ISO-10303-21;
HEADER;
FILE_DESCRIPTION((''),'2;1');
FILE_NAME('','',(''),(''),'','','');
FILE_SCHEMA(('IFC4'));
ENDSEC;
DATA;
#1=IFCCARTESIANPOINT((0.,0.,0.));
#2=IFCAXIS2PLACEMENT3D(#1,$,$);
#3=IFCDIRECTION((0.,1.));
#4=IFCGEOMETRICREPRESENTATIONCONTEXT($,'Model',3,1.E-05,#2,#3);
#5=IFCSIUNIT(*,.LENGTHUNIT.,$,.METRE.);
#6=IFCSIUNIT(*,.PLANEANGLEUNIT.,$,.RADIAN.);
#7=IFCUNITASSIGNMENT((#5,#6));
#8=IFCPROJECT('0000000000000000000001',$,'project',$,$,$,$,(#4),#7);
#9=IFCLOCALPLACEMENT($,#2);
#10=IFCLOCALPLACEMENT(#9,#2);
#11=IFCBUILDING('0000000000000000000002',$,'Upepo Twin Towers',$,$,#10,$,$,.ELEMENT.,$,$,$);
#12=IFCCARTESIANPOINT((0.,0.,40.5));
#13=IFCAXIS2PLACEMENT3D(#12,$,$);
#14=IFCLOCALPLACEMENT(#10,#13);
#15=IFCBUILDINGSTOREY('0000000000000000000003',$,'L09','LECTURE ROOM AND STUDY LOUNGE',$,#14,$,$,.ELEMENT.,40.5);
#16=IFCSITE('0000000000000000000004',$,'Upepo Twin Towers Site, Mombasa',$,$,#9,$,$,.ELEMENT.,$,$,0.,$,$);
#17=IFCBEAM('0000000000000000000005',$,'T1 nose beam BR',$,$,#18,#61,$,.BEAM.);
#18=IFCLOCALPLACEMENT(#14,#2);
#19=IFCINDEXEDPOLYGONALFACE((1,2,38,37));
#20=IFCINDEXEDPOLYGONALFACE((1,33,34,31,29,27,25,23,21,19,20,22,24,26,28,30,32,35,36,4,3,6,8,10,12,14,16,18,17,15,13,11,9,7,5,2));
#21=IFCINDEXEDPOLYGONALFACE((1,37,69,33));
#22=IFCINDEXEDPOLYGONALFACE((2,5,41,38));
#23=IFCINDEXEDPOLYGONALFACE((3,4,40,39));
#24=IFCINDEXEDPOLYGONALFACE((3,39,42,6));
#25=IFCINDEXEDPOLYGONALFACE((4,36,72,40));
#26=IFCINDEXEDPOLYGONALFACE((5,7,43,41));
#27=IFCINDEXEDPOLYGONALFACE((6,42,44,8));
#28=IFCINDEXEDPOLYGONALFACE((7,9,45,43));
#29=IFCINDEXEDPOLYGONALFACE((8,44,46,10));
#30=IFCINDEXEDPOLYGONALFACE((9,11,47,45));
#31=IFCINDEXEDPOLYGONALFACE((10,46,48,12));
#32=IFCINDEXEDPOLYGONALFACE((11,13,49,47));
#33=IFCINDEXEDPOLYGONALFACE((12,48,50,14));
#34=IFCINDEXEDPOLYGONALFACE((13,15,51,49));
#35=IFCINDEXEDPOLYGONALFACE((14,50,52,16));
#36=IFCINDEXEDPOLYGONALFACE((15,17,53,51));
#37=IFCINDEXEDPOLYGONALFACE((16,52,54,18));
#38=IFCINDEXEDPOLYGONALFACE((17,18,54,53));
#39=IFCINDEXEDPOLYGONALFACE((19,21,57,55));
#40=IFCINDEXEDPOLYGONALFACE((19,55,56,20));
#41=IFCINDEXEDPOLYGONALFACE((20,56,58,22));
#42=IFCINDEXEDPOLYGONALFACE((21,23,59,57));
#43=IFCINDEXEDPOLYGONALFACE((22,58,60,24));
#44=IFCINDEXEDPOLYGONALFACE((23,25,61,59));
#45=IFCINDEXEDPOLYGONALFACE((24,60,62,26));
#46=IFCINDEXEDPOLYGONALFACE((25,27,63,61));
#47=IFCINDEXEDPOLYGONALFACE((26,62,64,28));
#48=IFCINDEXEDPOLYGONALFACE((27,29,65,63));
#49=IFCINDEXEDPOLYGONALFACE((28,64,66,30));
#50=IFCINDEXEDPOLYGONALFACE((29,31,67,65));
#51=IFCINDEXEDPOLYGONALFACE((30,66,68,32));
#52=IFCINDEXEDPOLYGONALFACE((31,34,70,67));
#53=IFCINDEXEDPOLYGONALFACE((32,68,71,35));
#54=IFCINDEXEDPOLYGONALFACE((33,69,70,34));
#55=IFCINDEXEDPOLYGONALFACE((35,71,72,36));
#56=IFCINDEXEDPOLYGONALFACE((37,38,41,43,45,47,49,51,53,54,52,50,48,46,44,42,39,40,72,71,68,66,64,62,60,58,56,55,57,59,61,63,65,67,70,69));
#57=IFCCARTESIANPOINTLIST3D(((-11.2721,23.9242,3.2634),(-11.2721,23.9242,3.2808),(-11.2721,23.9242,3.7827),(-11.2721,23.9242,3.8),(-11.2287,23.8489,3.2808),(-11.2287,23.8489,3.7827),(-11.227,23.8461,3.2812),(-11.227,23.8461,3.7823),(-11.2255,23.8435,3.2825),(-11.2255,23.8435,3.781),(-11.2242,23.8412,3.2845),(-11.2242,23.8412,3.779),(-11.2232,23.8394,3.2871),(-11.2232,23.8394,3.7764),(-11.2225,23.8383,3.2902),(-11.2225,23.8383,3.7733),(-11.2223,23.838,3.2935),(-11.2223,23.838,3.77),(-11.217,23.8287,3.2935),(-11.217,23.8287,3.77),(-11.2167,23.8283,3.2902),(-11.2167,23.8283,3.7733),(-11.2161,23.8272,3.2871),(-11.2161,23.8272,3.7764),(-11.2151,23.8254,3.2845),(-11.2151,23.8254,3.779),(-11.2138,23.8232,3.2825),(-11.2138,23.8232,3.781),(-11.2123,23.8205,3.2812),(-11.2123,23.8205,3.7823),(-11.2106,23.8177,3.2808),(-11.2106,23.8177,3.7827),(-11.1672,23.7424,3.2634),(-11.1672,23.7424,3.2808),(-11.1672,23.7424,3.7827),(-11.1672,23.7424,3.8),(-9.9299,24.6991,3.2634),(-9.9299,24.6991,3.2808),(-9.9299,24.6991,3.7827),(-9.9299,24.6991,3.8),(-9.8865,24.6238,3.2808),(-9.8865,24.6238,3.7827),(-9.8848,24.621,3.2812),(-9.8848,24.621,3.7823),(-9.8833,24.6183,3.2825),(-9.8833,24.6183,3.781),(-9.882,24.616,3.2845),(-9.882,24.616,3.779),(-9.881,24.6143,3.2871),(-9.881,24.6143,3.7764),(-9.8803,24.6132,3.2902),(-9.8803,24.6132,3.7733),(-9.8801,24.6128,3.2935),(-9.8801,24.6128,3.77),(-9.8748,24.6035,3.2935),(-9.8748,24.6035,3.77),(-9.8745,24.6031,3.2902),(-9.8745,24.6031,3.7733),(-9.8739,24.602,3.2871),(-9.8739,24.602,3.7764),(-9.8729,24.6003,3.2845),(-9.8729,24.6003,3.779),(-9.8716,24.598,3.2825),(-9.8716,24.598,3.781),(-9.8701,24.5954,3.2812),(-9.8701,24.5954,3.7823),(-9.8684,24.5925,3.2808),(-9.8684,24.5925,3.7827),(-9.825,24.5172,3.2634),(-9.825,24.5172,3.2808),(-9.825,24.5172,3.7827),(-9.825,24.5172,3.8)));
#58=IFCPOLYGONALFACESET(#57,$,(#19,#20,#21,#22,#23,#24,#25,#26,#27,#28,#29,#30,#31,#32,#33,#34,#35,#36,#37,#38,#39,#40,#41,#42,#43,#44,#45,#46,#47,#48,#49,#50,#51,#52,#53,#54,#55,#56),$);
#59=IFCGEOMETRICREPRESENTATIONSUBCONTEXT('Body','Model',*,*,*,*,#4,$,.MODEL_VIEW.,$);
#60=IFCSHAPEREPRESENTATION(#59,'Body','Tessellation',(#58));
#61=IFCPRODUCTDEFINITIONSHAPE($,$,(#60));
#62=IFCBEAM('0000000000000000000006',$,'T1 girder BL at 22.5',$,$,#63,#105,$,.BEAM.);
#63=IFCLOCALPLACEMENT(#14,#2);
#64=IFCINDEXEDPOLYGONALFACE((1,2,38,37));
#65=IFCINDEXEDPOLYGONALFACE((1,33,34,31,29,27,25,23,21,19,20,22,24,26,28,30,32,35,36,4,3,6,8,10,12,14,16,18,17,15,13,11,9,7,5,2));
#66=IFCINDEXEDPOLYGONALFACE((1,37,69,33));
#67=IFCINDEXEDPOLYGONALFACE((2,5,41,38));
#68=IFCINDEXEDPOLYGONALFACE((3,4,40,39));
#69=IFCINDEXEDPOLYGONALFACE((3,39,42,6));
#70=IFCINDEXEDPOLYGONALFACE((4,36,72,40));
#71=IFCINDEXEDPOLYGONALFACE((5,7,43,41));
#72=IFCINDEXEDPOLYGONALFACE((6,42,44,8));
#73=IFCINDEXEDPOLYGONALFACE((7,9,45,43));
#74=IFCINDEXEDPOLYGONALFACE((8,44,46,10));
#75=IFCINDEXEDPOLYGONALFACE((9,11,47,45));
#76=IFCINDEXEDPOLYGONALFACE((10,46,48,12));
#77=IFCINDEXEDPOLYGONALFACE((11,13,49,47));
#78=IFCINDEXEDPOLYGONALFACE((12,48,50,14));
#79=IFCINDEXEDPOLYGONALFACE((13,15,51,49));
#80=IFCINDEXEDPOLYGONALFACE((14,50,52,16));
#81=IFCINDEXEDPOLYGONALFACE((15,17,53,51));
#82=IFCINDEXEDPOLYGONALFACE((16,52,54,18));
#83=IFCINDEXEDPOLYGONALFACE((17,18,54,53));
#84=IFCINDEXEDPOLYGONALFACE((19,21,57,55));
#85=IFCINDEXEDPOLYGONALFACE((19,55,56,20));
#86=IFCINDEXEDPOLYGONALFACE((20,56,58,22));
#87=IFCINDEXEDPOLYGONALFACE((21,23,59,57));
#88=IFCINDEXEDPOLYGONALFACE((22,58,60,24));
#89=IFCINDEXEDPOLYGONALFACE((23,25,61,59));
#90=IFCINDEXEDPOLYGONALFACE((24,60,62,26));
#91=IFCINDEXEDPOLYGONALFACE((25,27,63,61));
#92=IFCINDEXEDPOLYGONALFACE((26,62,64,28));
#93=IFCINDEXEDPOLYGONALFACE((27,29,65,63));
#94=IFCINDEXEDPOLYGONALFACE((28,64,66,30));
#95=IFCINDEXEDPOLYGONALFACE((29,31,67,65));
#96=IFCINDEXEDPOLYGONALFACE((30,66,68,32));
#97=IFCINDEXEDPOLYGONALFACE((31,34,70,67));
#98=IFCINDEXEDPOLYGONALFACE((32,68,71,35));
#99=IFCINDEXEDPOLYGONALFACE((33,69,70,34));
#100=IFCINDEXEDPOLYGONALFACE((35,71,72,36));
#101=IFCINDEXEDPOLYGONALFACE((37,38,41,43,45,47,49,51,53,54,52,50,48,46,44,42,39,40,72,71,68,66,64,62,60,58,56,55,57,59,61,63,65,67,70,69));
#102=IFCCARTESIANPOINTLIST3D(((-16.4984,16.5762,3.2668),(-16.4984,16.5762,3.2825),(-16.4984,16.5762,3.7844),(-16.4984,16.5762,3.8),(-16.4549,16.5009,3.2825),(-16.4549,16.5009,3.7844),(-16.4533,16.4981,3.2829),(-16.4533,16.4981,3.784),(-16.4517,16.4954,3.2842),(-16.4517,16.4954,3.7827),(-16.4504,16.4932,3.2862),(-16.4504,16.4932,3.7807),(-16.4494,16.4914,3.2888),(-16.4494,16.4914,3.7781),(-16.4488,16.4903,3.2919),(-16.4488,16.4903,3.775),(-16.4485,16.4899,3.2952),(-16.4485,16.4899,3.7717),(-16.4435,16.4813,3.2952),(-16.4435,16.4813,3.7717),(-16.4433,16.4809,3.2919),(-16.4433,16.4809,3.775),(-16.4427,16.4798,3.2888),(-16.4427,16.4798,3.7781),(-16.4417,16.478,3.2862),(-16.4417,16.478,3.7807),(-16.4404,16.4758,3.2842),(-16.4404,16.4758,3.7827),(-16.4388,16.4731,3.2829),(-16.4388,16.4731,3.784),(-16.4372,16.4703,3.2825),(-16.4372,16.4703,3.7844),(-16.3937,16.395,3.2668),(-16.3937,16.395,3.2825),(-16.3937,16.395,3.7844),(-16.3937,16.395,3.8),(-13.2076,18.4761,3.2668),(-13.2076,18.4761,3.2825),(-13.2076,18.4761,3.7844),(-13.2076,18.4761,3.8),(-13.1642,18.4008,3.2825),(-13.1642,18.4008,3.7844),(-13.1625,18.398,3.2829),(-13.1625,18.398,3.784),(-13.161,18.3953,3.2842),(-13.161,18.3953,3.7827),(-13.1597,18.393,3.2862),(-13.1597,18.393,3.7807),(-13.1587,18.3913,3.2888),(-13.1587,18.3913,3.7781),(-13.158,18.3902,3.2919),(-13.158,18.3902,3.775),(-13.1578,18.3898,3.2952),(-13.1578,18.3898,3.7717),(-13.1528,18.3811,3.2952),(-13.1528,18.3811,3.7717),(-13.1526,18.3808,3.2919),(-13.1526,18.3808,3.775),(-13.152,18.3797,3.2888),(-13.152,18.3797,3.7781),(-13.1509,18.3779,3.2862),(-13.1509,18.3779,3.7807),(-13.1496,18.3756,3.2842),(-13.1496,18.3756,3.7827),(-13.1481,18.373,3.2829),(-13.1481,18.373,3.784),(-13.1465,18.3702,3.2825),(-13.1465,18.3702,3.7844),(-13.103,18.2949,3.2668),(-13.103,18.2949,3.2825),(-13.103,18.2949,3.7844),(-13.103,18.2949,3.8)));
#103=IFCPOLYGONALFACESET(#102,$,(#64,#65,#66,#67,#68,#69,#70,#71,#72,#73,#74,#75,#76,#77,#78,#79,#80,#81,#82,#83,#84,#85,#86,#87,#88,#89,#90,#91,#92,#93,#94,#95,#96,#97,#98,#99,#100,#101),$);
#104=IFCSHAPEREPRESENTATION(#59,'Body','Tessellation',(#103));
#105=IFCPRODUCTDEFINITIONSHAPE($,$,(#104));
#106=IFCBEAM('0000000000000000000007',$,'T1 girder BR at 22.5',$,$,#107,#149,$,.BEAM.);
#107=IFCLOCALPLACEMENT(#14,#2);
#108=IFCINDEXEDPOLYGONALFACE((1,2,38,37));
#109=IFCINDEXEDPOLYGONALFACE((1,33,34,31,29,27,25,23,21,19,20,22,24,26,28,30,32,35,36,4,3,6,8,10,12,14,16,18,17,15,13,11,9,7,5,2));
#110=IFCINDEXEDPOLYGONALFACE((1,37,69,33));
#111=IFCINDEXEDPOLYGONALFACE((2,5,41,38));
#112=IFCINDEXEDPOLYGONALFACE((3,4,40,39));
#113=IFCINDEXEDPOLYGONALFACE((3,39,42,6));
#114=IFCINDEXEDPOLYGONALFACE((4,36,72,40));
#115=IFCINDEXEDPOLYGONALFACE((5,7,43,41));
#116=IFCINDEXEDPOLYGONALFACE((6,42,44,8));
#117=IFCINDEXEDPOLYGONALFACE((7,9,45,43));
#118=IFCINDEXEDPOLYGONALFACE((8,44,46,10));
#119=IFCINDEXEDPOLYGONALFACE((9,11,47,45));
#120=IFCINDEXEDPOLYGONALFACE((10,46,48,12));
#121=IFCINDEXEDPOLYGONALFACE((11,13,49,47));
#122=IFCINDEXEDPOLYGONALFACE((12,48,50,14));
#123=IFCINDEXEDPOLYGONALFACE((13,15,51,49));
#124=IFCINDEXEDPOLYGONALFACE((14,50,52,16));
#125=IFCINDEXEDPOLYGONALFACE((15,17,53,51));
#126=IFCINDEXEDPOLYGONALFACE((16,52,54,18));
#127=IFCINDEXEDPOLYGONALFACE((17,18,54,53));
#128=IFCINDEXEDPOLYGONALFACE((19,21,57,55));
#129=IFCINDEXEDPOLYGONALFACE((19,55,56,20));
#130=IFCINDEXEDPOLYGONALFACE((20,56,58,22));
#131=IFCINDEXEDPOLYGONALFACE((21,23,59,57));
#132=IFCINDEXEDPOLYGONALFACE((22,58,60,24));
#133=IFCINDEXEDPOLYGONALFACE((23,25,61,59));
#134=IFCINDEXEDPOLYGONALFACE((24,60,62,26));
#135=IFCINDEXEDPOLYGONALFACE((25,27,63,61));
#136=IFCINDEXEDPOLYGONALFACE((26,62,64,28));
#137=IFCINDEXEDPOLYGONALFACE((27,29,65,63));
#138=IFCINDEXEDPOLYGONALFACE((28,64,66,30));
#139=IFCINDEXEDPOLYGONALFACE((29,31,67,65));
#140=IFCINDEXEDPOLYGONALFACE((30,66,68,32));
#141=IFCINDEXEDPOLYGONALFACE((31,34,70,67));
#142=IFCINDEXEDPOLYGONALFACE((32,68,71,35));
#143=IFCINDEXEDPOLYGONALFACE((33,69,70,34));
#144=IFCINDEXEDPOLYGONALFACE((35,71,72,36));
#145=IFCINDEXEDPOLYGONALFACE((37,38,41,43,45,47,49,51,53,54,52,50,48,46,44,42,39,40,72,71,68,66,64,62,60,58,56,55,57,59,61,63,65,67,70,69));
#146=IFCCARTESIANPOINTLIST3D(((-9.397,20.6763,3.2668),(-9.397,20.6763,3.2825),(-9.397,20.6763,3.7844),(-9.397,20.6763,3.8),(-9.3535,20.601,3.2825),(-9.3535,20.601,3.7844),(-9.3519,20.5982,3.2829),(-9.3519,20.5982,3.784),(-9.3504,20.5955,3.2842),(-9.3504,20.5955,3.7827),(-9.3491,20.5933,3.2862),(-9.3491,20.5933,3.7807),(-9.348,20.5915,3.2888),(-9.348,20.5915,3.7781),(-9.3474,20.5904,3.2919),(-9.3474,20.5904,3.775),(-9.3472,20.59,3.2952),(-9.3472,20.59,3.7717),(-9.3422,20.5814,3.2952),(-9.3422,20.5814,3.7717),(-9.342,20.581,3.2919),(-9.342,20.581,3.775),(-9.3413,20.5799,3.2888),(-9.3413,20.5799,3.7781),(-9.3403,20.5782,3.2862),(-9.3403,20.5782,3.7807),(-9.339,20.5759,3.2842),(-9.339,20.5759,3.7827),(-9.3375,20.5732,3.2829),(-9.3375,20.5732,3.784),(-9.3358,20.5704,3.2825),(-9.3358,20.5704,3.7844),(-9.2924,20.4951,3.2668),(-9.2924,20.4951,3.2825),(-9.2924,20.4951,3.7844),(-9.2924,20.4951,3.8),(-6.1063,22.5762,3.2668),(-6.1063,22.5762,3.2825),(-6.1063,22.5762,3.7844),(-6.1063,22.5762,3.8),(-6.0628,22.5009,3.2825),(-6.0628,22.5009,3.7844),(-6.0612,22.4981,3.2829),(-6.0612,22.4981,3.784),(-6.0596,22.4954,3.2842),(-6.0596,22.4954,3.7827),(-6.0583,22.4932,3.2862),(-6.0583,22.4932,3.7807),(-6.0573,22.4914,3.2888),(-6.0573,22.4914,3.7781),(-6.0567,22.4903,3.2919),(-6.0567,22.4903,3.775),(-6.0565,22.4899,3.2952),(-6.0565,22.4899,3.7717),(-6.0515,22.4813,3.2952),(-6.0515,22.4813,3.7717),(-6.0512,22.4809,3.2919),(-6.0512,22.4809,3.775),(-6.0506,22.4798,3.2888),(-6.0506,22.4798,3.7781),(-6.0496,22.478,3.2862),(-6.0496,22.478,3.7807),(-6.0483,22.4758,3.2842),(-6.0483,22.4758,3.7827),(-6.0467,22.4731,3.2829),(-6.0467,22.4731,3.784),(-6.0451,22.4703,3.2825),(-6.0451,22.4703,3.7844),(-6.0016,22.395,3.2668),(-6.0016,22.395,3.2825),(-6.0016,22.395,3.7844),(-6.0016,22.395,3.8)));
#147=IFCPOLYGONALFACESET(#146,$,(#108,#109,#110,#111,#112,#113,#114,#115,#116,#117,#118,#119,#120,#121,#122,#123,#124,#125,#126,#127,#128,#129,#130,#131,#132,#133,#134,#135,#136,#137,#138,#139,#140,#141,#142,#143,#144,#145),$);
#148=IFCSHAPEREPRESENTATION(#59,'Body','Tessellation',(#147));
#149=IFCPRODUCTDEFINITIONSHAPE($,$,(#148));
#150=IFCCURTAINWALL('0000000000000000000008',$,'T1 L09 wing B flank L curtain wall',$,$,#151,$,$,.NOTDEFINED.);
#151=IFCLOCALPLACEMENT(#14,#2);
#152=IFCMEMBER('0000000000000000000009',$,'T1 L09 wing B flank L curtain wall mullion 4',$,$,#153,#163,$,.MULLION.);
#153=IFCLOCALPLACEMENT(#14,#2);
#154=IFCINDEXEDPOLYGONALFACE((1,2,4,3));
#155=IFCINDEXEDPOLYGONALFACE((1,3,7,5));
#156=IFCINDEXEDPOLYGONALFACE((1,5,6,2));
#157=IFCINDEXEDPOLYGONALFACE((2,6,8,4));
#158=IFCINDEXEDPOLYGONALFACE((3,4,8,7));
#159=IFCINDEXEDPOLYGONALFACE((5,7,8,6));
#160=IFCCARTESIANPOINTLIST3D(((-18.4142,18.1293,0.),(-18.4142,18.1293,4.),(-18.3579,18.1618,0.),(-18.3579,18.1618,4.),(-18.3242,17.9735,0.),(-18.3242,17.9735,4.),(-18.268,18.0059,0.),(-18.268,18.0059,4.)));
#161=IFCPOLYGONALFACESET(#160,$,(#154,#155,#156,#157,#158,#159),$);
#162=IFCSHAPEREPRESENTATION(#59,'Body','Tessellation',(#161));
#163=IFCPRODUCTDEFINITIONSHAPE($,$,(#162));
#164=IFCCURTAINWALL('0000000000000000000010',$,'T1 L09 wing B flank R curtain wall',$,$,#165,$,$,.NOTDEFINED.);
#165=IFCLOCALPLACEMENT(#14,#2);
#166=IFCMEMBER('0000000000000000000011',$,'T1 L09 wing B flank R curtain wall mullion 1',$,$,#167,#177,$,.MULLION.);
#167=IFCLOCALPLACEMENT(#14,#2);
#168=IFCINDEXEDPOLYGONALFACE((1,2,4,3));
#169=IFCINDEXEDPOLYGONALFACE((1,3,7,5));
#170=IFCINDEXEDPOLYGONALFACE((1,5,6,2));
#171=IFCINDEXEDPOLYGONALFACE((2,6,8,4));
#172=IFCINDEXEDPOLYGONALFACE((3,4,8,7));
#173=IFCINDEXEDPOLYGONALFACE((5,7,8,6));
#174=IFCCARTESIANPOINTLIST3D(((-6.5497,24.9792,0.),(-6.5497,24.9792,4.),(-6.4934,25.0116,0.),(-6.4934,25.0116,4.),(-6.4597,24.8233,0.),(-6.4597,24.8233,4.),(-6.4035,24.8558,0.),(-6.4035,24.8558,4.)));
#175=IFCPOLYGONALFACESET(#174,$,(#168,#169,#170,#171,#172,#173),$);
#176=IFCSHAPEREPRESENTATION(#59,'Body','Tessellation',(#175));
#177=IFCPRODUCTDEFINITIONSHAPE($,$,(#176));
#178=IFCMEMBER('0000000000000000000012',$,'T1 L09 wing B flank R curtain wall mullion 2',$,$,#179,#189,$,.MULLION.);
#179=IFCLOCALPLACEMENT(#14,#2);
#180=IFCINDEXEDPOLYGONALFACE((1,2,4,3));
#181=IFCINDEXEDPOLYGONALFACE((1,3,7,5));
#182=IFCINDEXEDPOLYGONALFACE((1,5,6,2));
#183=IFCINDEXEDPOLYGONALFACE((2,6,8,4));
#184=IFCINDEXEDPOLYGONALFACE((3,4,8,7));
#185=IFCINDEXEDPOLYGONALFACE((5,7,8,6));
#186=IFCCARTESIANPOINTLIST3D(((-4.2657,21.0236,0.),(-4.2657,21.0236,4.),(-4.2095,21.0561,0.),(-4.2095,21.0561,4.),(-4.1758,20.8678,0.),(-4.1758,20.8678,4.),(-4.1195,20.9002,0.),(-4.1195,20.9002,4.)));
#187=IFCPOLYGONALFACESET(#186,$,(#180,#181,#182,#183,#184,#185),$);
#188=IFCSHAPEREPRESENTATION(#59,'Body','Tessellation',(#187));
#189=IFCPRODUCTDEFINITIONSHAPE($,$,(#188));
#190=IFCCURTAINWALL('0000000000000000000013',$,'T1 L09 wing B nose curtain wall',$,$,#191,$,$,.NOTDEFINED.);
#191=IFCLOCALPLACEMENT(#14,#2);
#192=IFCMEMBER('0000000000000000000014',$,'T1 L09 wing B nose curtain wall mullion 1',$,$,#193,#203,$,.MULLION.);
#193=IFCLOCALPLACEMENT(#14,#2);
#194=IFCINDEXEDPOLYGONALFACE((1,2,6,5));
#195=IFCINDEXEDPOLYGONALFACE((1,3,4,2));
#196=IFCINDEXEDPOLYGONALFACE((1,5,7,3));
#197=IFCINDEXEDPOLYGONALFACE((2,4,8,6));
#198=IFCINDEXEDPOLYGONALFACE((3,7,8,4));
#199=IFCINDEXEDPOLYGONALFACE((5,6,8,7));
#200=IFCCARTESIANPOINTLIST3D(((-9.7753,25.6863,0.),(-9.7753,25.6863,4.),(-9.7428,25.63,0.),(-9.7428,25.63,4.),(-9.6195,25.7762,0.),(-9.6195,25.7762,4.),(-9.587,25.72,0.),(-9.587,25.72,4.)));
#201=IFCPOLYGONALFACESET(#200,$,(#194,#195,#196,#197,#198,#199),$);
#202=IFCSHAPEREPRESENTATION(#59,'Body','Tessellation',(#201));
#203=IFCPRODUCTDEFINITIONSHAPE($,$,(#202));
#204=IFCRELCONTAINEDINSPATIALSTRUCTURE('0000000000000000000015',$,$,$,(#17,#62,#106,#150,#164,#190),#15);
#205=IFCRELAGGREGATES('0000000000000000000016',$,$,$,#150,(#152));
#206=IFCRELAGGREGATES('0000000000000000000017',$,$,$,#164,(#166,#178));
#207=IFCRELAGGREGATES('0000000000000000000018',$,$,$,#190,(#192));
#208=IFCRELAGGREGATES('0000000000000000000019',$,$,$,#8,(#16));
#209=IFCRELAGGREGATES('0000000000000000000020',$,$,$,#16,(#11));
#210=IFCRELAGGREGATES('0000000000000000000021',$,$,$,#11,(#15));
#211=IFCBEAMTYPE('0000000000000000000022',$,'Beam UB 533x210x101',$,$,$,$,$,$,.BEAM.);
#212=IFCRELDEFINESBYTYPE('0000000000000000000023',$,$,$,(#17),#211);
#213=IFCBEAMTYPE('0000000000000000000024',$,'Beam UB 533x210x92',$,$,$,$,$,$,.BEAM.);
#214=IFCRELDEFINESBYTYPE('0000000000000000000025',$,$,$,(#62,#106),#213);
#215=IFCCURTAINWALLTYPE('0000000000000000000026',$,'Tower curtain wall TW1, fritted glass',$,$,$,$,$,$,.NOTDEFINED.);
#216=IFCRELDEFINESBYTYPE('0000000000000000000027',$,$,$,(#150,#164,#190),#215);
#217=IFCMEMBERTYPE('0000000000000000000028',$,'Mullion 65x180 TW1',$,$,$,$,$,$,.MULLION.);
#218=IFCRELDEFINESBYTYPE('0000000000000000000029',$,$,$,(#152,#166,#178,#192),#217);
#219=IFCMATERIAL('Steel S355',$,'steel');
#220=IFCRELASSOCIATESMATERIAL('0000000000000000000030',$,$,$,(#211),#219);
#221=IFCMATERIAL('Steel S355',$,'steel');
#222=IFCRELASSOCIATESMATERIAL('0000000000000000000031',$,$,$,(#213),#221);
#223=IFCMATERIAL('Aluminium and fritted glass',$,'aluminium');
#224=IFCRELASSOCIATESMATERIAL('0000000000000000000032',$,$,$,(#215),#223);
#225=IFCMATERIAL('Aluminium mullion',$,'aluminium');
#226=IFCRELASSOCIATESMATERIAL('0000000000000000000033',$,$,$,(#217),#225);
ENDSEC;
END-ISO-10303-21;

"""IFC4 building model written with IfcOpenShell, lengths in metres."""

from ifc_helpers import new_model, si_unit, direction, frame, origin, origin_2d, place, context, subcontext, project, spatial, rectangle, i_section, extrude, material, material_profile, profile_set, type_object, element, aggregate, save


model = new_model("IFC4")

# Units and contexts
model_context = context("Model", 3, precision=1e-05, world=origin(), true_north=direction((0.0, 1.0)))
body_context = subcontext(model_context, "Body", "Model", "MODEL_VIEW")
ifc_project = project(units=[si_unit("LENGTHUNIT", "METRE"), si_unit("PLANEANGLEUNIT", "RADIAN")], contexts=[model_context])

# Site, building, storey
site_placement = place(None, origin())
site = spatial("IfcSite", under=ifc_project, at=site_placement, Name="Upepo Twin Towers Site, Mombasa", CompositionType="ELEMENT", RefElevation=0.0)
building_placement = place(site_placement, origin())
building = spatial("IfcBuilding", under=site, at=building_placement, Name="Upepo Twin Towers", CompositionType="ELEMENT")
storey_placement = place(building_placement, frame((0.0, 0.0, 40.5)))
storey = spatial("IfcBuildingStorey", under=building, at=storey_placement, Name="L09", Description="LECTURE ROOM AND STUDY LOUNGE", CompositionType="ELEMENT", Elevation=40.5)

# Beams
ifc_material_1 = material(Name="Steel S355", Category="steel")
ifc_material_profile_1 = material_profile(ifc_material_1, i_section(OverallWidth=0.21, OverallDepth=0.5366, WebThickness=0.0107, FlangeThickness=0.0173, FilletRadius=0.0127, at=origin_2d()), Name="UB 533x210x101")
ifc_profile_set_1 = profile_set([ifc_material_profile_1], Name="Steel S355")
beam_type_1 = type_object("IfcBeamType", Name="Beam UB 533x210x101", PredefinedType="BEAM", material=ifc_profile_set_1)
for number, where, z_axis, x_axis, name in (
    (1, (-9.8774, 24.6082, 3.5317), (-0.866044, -0.499968, 0.0), (0.499968, -0.866044, 0.0), "T1 nose beam BR"),
):
    element("IfcBeam", number, at=place(storey_placement, frame(where, z_axis=z_axis, x_axis=x_axis)), inside=storey, type_object=beam_type_1, Name=name, PredefinedType="BEAM", context=body_context, shape_type="SweptSolid", body=[
        extrude(i_section(OverallWidth=0.21, OverallDepth=0.5366, WebThickness=0.0107, FlangeThickness=0.0173, FilletRadius=0.0127, at=origin_2d()), origin(), (0.0, 0.0, 1.0), 1.5498),
    ])
ifc_material_2 = material(Name="Steel S355", Category="steel")
ifc_material_profile_2 = material_profile(ifc_material_2, i_section(OverallWidth=0.2092, OverallDepth=0.5332, WebThickness=0.01, FlangeThickness=0.0156, FilletRadius=0.0127, at=origin_2d()), Name="UB 533x210x92")
ifc_profile_set_2 = profile_set([ifc_material_profile_2], Name="Steel S355")
beam_type_2 = type_object("IfcBeamType", Name="Beam UB 533x210x92", PredefinedType="BEAM", material=ifc_profile_set_2)
for number, where, z_axis, x_axis, name in (
    (2, (-16.446, 16.4856, 3.5334), (0.866028, 0.499995, 0.0), (-0.499995, 0.866028, 0.0), "T1 girder BL at 22.5"),
    (3, (-6.054, 22.4856, 3.5334), (-0.866028, -0.499995, 0.0), (0.499995, -0.866028, 0.0), "T1 girder BR at 22.5"),
):
    element("IfcBeam", number, at=place(storey_placement, frame(where, z_axis=z_axis, x_axis=x_axis)), inside=storey, type_object=beam_type_2, Name=name, PredefinedType="BEAM", context=body_context, shape_type="SweptSolid", body=[
        extrude(i_section(OverallWidth=0.2092, OverallDepth=0.5332, WebThickness=0.01, FlangeThickness=0.0156, FilletRadius=0.0127, at=origin_2d()), origin(), (0.0, 0.0, 1.0), 3.7998),
    ])

# Curtain wall, member
ifc_material_3 = material(Name="Aluminium and fritted glass", Category="aluminium")
curtain_wall_type = type_object("IfcCurtainWallType", Name="Tower curtain wall TW1, fritted glass", PredefinedType="NOTDEFINED", material=ifc_material_3)
curtain_wall_1_placement = place(storey_placement, origin())
curtain_wall_1 = element("IfcCurtainWall", 4, at=curtain_wall_1_placement, inside=storey, type_object=curtain_wall_type, Name="T1 L09 wing B flank L curtain wall", PredefinedType="NOTDEFINED")
ifc_material_4 = material(Name="Aluminium mullion", Category="aluminium")
ifc_material_profile_3 = material_profile(ifc_material_4, rectangle(XDim=0.0649, YDim=0.1799, at=origin_2d()), Name="MULLION 65x180")
ifc_profile_set_3 = profile_set([ifc_material_profile_3], Name="Aluminium mullion")
member_type_1 = type_object("IfcMemberType", Name="Mullion 65x180 TW1", PredefinedType="MULLION", material=ifc_profile_set_3)
member_1_placement = place(storey_placement, frame((-18.3411, 18.0676, 0.0), z_axis=(0.0, 0.0, 1.0), x_axis=(-0.866025, -0.5, 0.0)))
member_1 = element("IfcMember", 5, at=member_1_placement, type_object=member_type_1, Name="T1 L09 wing B flank L curtain wall mullion 4", PredefinedType="MULLION", context=body_context, shape_type="SweptSolid", body=[
    extrude(rectangle(XDim=0.0649, YDim=0.1799, at=origin_2d()), origin(), (0.0, 0.0, 1.0), 4.0),
])
aggregate(curtain_wall_1, [member_1])

# Curtain walls, members
curtain_wall_2_placement = place(storey_placement, origin())
curtain_wall_2 = element("IfcCurtainWall", 6, at=curtain_wall_2_placement, inside=storey, type_object=curtain_wall_type, Name="T1 L09 wing B flank R curtain wall", PredefinedType="NOTDEFINED")
member_2_placement = place(storey_placement, frame((-6.4766, 24.9175, 0.0), z_axis=(0.0, 0.0, 1.0), x_axis=(0.866025, 0.5, 0.0)))
member_2 = element("IfcMember", 7, at=member_2_placement, type_object=member_type_1, Name="T1 L09 wing B flank R curtain wall mullion 1", PredefinedType="MULLION", context=body_context, shape_type="SweptSolid", body=[
    extrude(rectangle(XDim=0.0649, YDim=0.1799, at=origin_2d()), origin(), (0.0, 0.0, 1.0), 4.0),
])
member_3_placement = place(storey_placement, frame((-4.1926, 20.9619, 0.0), z_axis=(0.0, 0.0, 1.0), x_axis=(0.866025, 0.5, 0.0)))
member_3 = element("IfcMember", 8, at=member_3_placement, type_object=member_type_1, Name="T1 L09 wing B flank R curtain wall mullion 2", PredefinedType="MULLION", context=body_context, shape_type="SweptSolid", body=[
    extrude(rectangle(XDim=0.0649, YDim=0.1799, at=origin_2d()), origin(), (0.0, 0.0, 1.0), 4.0),
])
curtain_wall_3_placement = place(storey_placement, origin())
curtain_wall_3 = element("IfcCurtainWall", 9, at=curtain_wall_3_placement, inside=storey, type_object=curtain_wall_type, Name="T1 L09 wing B nose curtain wall", PredefinedType="NOTDEFINED")
member_4_placement = place(storey_placement, frame((-9.6812, 25.7031, 0.0), z_axis=(0.0, 0.0, 1.0), x_axis=(0.5, -0.866025, 0.0)))
member_4 = element("IfcMember", 10, at=member_4_placement, type_object=member_type_1, Name="T1 L09 wing B nose curtain wall mullion 1", PredefinedType="MULLION", context=body_context, shape_type="SweptSolid", body=[
    extrude(rectangle(XDim=0.0649, YDim=0.1799, at=origin_2d()), origin(), (0.0, 0.0, 1.0), 4.0),
])

aggregate(curtain_wall_2, [member_2, member_3])
aggregate(curtain_wall_3, [member_4])

save(model, "model.ifc")
